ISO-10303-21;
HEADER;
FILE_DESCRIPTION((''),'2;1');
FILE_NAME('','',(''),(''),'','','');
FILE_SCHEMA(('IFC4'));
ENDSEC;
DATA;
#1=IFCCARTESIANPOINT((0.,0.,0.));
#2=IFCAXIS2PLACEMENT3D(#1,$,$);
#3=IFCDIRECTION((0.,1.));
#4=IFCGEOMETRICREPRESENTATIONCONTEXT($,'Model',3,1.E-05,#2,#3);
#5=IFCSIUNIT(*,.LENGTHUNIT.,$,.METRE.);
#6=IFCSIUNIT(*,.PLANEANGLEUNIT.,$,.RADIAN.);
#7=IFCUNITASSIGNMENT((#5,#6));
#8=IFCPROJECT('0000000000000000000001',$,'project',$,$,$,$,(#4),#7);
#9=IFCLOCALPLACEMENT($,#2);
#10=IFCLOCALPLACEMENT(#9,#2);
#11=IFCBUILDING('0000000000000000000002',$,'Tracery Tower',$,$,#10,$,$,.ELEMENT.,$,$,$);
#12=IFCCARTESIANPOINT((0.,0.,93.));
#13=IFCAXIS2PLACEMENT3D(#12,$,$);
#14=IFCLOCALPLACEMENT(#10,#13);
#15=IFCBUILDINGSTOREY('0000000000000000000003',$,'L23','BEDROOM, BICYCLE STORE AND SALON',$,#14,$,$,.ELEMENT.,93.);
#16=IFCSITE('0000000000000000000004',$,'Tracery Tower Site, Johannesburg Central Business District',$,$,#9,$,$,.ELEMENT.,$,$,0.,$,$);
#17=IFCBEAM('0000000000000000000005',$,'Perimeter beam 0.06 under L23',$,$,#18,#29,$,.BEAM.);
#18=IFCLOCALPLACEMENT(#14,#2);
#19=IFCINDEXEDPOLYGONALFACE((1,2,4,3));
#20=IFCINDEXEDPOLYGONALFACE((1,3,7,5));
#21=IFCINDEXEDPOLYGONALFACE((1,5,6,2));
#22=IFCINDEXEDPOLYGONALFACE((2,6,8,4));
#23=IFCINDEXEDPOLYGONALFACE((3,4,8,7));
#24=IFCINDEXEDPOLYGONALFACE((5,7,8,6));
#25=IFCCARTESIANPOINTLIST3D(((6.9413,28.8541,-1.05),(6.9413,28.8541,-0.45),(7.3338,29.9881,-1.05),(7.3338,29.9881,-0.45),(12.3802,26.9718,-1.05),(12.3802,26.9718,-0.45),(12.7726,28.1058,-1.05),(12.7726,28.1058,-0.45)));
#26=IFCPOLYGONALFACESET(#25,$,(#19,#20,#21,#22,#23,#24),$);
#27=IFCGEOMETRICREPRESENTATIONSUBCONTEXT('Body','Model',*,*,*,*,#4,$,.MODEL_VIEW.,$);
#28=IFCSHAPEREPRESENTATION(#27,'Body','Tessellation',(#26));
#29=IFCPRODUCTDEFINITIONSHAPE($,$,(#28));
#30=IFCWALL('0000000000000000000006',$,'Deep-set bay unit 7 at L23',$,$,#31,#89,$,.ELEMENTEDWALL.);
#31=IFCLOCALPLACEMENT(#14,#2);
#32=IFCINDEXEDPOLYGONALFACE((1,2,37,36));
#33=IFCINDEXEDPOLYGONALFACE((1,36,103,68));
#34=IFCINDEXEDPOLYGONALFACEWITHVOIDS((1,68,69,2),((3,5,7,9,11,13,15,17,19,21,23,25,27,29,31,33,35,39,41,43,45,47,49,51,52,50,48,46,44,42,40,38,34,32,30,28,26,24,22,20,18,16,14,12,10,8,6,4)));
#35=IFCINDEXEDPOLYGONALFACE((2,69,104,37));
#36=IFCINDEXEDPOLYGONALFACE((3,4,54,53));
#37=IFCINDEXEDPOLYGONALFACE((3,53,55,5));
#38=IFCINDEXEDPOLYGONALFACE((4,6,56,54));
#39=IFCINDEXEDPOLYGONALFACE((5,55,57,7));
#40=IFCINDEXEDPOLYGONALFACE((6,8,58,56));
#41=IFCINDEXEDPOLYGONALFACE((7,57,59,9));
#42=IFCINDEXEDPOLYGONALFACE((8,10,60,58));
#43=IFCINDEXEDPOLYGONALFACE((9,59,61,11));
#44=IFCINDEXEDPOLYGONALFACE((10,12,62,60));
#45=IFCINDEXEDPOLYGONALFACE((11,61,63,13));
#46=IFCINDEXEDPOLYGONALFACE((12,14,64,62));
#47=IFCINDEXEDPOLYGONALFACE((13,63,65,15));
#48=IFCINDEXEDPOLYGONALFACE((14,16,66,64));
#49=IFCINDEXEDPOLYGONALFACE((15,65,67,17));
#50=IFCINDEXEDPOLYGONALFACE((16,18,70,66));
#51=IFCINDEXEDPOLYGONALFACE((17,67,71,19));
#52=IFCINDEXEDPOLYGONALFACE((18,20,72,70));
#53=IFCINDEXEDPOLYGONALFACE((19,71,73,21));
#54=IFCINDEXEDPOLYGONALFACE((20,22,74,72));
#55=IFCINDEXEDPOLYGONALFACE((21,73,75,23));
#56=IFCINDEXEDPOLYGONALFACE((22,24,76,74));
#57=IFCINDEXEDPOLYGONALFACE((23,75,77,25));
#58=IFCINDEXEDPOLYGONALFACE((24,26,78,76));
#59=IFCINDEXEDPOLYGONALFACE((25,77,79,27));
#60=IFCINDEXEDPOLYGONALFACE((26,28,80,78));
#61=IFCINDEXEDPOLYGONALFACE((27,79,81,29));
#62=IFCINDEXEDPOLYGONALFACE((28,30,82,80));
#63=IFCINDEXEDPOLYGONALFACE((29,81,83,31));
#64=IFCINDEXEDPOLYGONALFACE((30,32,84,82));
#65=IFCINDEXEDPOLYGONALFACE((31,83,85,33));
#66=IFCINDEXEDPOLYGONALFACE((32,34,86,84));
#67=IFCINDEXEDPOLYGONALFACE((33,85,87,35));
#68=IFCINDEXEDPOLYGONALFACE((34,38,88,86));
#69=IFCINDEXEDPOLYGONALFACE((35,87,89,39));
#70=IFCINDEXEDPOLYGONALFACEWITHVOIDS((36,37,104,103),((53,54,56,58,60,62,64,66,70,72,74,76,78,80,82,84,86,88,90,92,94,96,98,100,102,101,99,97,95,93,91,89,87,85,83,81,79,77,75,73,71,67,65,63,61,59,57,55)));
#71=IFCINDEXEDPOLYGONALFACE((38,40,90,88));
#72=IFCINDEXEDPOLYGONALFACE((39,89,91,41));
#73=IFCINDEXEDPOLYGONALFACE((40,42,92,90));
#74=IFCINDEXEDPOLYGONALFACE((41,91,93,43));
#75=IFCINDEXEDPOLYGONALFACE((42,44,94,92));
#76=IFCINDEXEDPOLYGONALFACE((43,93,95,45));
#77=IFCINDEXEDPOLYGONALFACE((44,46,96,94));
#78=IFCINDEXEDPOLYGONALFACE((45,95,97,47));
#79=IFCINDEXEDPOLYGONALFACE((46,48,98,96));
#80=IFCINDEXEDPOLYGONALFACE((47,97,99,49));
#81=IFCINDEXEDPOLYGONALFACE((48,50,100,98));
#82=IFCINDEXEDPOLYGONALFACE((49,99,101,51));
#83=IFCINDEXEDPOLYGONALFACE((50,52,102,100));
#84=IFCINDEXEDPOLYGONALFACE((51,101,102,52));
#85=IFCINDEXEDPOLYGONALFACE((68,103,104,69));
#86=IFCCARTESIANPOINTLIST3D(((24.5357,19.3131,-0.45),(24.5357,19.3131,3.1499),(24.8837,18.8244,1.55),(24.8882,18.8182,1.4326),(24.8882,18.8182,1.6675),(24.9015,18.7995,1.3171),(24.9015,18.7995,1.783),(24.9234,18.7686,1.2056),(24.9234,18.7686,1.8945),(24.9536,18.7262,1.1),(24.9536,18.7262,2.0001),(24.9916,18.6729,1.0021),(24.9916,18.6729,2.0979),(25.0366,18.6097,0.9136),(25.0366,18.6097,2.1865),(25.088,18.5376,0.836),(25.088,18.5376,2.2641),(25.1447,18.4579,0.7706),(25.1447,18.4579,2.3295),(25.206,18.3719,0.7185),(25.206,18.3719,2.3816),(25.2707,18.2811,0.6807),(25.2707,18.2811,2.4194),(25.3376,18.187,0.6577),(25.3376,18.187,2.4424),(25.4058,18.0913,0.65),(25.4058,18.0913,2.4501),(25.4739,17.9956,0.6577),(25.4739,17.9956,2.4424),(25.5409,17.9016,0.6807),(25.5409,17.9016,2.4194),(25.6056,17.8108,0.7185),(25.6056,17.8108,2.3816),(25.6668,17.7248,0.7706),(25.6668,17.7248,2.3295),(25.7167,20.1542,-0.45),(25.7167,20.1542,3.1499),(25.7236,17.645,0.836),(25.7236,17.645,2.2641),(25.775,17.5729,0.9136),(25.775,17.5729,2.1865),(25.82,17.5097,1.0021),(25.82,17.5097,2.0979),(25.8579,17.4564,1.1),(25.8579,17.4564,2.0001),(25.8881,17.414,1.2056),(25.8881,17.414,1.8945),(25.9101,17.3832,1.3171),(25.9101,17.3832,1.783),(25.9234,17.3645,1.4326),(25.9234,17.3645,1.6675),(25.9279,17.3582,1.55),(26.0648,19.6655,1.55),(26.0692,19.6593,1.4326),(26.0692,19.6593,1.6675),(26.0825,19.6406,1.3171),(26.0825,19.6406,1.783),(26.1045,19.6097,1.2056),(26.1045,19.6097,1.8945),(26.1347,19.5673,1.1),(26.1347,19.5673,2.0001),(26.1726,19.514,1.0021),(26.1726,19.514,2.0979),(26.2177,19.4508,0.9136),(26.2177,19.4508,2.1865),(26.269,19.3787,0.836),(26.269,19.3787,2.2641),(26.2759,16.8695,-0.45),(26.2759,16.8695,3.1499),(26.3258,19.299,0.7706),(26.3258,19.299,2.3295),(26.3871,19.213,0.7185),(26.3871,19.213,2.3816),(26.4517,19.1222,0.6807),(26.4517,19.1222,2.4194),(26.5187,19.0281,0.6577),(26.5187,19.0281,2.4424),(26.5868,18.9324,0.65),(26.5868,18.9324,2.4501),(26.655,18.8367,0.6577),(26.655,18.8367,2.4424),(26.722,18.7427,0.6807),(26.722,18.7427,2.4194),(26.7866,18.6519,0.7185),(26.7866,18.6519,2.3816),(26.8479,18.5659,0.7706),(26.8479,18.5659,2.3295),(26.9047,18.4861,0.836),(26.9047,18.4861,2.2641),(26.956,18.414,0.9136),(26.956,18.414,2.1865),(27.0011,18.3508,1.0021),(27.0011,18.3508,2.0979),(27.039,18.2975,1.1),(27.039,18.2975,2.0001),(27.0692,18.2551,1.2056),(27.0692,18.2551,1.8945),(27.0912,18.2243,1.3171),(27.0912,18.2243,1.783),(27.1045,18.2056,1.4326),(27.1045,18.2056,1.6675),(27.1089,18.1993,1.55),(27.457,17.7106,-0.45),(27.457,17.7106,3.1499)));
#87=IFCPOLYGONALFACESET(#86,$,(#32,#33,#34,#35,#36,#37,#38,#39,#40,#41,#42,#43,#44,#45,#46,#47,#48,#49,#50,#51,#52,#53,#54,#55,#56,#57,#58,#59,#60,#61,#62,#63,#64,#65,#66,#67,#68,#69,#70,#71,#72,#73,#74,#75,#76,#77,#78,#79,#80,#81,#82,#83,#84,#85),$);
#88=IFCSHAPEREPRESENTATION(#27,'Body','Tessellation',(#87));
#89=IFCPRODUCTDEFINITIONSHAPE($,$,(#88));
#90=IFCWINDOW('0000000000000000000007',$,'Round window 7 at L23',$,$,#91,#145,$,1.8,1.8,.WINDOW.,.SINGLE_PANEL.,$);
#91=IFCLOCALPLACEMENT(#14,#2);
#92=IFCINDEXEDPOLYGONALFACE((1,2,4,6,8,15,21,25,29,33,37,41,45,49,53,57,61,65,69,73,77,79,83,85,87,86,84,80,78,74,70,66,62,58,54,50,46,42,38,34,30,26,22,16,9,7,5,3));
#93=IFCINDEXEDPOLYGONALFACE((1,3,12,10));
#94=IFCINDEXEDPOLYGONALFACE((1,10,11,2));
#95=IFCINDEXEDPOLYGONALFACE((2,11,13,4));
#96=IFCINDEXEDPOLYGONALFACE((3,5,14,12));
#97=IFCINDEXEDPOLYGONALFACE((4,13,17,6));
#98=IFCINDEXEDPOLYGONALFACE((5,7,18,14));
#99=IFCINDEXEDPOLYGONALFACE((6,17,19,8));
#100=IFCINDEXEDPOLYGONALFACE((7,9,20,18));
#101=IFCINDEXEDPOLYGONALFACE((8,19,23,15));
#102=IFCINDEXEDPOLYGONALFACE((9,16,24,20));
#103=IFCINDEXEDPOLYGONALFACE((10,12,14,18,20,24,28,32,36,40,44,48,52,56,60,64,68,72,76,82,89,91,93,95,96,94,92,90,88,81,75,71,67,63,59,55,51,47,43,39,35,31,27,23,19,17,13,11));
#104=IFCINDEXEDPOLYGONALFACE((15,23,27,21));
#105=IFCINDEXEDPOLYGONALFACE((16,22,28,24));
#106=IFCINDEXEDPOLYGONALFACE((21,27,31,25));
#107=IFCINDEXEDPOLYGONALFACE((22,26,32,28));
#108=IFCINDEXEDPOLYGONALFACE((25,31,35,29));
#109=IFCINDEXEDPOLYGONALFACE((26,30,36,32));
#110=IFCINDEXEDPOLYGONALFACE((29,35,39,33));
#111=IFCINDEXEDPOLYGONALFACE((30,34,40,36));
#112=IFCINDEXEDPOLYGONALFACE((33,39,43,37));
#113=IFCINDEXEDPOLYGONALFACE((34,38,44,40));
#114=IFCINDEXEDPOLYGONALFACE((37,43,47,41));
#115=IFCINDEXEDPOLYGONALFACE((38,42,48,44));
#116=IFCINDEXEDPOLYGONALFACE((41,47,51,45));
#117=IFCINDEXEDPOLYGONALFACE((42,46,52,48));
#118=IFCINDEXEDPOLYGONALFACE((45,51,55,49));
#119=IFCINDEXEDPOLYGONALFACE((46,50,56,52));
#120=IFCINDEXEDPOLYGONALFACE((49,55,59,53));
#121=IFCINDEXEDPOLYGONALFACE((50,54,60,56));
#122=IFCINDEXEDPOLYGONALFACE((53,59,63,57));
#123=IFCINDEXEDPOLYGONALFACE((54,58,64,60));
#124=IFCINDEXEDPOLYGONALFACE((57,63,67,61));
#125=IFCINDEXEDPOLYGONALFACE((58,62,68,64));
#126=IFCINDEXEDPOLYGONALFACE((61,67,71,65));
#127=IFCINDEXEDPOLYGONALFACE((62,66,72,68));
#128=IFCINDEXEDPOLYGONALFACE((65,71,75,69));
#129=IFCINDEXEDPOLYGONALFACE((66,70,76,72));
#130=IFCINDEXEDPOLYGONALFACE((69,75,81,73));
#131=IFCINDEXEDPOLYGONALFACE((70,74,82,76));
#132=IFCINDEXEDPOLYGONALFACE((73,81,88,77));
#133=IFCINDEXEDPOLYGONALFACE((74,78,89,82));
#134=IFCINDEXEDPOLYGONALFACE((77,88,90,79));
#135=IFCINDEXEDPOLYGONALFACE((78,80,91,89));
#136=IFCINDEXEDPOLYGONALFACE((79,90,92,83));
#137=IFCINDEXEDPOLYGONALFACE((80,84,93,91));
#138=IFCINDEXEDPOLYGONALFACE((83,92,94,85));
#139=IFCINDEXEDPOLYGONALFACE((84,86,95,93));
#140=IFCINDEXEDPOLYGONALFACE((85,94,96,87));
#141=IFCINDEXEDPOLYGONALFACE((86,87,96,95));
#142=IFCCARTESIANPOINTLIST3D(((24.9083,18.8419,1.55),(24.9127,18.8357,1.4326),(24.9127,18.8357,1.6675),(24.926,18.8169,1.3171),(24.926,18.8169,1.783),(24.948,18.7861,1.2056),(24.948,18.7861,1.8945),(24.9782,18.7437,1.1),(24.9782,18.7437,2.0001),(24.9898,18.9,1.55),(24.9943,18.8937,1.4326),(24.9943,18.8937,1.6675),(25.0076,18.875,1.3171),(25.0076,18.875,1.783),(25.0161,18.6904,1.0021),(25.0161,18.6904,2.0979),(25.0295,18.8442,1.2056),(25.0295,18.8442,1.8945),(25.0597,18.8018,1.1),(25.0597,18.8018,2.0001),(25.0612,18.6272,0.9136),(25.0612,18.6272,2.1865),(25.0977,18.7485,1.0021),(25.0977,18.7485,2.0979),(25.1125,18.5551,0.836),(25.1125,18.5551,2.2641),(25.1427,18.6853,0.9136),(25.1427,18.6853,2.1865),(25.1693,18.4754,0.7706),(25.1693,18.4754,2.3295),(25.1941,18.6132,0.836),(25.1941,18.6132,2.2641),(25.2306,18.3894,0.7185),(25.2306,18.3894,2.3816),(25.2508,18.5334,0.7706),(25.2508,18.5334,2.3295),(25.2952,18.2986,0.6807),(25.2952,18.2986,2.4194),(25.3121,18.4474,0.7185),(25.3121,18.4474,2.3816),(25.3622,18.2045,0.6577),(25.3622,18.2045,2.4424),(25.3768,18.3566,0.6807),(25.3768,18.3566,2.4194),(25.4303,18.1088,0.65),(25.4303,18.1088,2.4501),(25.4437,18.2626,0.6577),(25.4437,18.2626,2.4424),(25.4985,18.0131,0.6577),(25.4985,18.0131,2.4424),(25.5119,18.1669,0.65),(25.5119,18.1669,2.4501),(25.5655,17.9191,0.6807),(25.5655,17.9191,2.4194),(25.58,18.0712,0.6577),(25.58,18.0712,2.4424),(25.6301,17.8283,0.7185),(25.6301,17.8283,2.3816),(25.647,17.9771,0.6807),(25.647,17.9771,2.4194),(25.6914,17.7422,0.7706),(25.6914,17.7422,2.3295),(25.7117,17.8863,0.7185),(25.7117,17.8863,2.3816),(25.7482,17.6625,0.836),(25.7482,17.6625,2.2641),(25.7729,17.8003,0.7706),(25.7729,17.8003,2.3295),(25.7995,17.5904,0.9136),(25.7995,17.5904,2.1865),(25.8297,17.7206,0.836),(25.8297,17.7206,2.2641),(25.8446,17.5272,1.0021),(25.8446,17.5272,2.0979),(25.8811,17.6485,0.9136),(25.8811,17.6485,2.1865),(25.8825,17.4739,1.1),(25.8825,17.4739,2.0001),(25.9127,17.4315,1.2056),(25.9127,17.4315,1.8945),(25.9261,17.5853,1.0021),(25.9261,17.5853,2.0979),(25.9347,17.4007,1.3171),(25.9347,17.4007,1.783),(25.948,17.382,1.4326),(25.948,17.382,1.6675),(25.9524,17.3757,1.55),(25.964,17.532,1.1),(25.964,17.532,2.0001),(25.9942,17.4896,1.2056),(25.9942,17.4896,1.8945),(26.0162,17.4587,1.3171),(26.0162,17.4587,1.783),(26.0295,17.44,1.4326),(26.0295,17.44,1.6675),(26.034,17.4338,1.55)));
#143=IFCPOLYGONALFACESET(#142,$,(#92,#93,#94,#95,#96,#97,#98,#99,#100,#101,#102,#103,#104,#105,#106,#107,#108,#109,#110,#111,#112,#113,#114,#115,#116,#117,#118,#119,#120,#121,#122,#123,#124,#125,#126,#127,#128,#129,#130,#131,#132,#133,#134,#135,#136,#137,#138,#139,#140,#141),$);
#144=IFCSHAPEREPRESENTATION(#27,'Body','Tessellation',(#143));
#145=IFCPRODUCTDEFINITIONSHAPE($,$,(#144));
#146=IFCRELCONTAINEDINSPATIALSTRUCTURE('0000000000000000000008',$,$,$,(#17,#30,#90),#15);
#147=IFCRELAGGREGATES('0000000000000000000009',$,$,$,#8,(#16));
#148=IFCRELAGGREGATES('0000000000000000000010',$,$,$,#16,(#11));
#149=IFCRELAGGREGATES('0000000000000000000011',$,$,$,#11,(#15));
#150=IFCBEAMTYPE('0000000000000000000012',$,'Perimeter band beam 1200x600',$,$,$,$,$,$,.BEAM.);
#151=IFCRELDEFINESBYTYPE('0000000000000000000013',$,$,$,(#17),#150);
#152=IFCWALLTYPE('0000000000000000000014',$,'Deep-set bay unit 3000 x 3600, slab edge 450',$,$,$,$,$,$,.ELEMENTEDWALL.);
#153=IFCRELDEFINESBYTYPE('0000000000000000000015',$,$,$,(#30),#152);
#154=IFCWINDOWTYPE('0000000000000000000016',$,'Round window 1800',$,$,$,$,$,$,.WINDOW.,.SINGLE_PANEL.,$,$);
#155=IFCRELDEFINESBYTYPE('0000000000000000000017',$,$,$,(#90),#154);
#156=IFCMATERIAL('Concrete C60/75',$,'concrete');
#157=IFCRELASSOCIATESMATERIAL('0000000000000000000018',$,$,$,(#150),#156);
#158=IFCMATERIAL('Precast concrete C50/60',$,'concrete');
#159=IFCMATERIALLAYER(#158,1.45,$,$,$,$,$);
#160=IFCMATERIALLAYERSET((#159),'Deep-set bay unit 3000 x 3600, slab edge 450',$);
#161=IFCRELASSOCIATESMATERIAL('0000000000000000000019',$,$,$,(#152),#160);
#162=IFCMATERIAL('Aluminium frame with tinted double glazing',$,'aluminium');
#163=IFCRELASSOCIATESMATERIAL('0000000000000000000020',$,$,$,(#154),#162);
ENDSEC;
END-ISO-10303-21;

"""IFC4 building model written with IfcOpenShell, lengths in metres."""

from ifc_helpers import new_model, si_unit, direction, frame, frame_2d, origin, origin_2d, place, context, subcontext, project, spatial, rectangle, circle, extrude, material, layer, layer_set, material_profile, profile_set, type_object, element, fill, save


model = new_model("IFC4")

# Units and contexts
model_context = context("Model", 3, precision=1e-05, world=origin(), true_north=direction((0.0, 1.0)))
body_context = subcontext(model_context, "Body", "Model", "MODEL_VIEW")
ifc_project = project(units=[si_unit("LENGTHUNIT", "METRE"), si_unit("PLANEANGLEUNIT", "RADIAN")], contexts=[model_context])

# Site, building, storey
site_placement = place(None, origin())
site = spatial("IfcSite", under=ifc_project, at=site_placement, Name="Tracery Tower Site, Johannesburg Central Business District", CompositionType="ELEMENT", RefElevation=0.0)
building_placement = place(site_placement, origin())
building = spatial("IfcBuilding", under=site, at=building_placement, Name="Tracery Tower", CompositionType="ELEMENT")
storey_placement = place(building_placement, frame((0.0, 0.0, 93.0)))
storey = spatial("IfcBuildingStorey", under=building, at=storey_placement, Name="L23", Description="BEDROOM, BICYCLE STORE AND SALON", CompositionType="ELEMENT", Elevation=93.0)

# Beam
ifc_material_1 = material(Name="Concrete C60/75", Category="concrete")
ifc_material_profile_1 = material_profile(ifc_material_1, rectangle(XDim=1.2, YDim=0.6001, at=origin_2d()), Name="RC 1200x600")
ifc_profile_set_1 = profile_set([ifc_material_profile_1], Name="Concrete C60/75")
beam_type = type_object("IfcBeamType", Name="Perimeter band beam 1200x600", PredefinedType="BEAM", material=ifc_profile_set_1)
beam_1_placement = place(storey_placement, frame((12.5764, 27.5388, -0.75), z_axis=(-0.945007, 0.327049, 0.0), x_axis=(-0.327049, -0.945007, 0.0)))
element("IfcBeam", 1, at=beam_1_placement, inside=storey, type_object=beam_type, Name="Perimeter beam 0.06 under L23", PredefinedType="BEAM", context=body_context, shape_type="SweptSolid", body=[
    extrude(rectangle(XDim=1.2, YDim=0.6001, at=origin_2d()), origin(), (0.0, 0.0, 1.0), 5.7554),
])

# Wall, opening, window
ifc_material_2 = material(Name="Precast concrete C50/60", Category="concrete")
ifc_layer_1 = layer(ifc_material_2, 1.45)
ifc_layer_set_1 = layer_set([ifc_layer_1], Name="Deep-set bay unit 3000 x 3600, slab edge 450")
wall_type_1 = type_object("IfcWallType", Name="Deep-set bay unit 3000 x 3600, slab edge 450", PredefinedType="ELEMENTEDWALL", material=ifc_layer_set_1)
wall_1_placement = place(storey_placement, frame((26.8665, 17.29, -0.45), z_axis=(0.0, 0.0, 1.0), x_axis=(-0.580091, 0.814552, 0.0)))
wall_1 = element("IfcWall", 2, at=wall_1_placement, inside=storey, type_object=wall_type_1, Name="Deep-set bay unit 7 at L23", PredefinedType="ELEMENTEDWALL", context=body_context, shape_type="SweptSolid", body=[
    extrude(rectangle(XDim=3.0, YDim=1.45, at=frame_2d((1.5, 0.0))), origin(), (0.0, 0.0, 1.0), 3.5999),
])
opening_1_placement = place(wall_1_placement, frame((1.5, 0.0, 2.0)))
opening_1 = element("IfcOpeningElement", 3, at=opening_1_placement, cuts=wall_1, PredefinedType="OPENING", context=body_context, shape_type="SweptSolid", body=[
    extrude(circle(Radius=0.9, at=origin_2d()), frame((0.0, 0.7349, 0.0), z_axis=(0.0, -1.0, 0.0), x_axis=(1.0, 0.0, 0.0)), (0.0, 0.0, 1.0), 1.47),
])
ifc_material_3 = material(Name="Aluminium frame with tinted double glazing", Category="aluminium")
window_type = type_object("IfcWindowType", Name="Round window 1800", PartitioningType="SINGLE_PANEL", PredefinedType="WINDOW", material=ifc_material_3)
window_1_placement = place(opening_1_placement, origin())
window_1 = element("IfcWindow", 4, at=window_1_placement, inside=storey, type_object=window_type, Name="Round window 7 at L23", OverallHeight=1.8, OverallWidth=1.8, PartitioningType="SINGLE_PANEL", PredefinedType="WINDOW", context=body_context, shape_type="SweptSolid", body=[
    extrude(circle(Radius=0.9, at=origin_2d()), frame((0.0, 0.6948, 0.0), z_axis=(0.0, -1.0, 0.0), x_axis=(1.0, 0.0, 0.0)), (0.0, 0.0, 1.0), 0.1001),
])
fill(opening_1, window_1)

save(model, "model.ifc")
